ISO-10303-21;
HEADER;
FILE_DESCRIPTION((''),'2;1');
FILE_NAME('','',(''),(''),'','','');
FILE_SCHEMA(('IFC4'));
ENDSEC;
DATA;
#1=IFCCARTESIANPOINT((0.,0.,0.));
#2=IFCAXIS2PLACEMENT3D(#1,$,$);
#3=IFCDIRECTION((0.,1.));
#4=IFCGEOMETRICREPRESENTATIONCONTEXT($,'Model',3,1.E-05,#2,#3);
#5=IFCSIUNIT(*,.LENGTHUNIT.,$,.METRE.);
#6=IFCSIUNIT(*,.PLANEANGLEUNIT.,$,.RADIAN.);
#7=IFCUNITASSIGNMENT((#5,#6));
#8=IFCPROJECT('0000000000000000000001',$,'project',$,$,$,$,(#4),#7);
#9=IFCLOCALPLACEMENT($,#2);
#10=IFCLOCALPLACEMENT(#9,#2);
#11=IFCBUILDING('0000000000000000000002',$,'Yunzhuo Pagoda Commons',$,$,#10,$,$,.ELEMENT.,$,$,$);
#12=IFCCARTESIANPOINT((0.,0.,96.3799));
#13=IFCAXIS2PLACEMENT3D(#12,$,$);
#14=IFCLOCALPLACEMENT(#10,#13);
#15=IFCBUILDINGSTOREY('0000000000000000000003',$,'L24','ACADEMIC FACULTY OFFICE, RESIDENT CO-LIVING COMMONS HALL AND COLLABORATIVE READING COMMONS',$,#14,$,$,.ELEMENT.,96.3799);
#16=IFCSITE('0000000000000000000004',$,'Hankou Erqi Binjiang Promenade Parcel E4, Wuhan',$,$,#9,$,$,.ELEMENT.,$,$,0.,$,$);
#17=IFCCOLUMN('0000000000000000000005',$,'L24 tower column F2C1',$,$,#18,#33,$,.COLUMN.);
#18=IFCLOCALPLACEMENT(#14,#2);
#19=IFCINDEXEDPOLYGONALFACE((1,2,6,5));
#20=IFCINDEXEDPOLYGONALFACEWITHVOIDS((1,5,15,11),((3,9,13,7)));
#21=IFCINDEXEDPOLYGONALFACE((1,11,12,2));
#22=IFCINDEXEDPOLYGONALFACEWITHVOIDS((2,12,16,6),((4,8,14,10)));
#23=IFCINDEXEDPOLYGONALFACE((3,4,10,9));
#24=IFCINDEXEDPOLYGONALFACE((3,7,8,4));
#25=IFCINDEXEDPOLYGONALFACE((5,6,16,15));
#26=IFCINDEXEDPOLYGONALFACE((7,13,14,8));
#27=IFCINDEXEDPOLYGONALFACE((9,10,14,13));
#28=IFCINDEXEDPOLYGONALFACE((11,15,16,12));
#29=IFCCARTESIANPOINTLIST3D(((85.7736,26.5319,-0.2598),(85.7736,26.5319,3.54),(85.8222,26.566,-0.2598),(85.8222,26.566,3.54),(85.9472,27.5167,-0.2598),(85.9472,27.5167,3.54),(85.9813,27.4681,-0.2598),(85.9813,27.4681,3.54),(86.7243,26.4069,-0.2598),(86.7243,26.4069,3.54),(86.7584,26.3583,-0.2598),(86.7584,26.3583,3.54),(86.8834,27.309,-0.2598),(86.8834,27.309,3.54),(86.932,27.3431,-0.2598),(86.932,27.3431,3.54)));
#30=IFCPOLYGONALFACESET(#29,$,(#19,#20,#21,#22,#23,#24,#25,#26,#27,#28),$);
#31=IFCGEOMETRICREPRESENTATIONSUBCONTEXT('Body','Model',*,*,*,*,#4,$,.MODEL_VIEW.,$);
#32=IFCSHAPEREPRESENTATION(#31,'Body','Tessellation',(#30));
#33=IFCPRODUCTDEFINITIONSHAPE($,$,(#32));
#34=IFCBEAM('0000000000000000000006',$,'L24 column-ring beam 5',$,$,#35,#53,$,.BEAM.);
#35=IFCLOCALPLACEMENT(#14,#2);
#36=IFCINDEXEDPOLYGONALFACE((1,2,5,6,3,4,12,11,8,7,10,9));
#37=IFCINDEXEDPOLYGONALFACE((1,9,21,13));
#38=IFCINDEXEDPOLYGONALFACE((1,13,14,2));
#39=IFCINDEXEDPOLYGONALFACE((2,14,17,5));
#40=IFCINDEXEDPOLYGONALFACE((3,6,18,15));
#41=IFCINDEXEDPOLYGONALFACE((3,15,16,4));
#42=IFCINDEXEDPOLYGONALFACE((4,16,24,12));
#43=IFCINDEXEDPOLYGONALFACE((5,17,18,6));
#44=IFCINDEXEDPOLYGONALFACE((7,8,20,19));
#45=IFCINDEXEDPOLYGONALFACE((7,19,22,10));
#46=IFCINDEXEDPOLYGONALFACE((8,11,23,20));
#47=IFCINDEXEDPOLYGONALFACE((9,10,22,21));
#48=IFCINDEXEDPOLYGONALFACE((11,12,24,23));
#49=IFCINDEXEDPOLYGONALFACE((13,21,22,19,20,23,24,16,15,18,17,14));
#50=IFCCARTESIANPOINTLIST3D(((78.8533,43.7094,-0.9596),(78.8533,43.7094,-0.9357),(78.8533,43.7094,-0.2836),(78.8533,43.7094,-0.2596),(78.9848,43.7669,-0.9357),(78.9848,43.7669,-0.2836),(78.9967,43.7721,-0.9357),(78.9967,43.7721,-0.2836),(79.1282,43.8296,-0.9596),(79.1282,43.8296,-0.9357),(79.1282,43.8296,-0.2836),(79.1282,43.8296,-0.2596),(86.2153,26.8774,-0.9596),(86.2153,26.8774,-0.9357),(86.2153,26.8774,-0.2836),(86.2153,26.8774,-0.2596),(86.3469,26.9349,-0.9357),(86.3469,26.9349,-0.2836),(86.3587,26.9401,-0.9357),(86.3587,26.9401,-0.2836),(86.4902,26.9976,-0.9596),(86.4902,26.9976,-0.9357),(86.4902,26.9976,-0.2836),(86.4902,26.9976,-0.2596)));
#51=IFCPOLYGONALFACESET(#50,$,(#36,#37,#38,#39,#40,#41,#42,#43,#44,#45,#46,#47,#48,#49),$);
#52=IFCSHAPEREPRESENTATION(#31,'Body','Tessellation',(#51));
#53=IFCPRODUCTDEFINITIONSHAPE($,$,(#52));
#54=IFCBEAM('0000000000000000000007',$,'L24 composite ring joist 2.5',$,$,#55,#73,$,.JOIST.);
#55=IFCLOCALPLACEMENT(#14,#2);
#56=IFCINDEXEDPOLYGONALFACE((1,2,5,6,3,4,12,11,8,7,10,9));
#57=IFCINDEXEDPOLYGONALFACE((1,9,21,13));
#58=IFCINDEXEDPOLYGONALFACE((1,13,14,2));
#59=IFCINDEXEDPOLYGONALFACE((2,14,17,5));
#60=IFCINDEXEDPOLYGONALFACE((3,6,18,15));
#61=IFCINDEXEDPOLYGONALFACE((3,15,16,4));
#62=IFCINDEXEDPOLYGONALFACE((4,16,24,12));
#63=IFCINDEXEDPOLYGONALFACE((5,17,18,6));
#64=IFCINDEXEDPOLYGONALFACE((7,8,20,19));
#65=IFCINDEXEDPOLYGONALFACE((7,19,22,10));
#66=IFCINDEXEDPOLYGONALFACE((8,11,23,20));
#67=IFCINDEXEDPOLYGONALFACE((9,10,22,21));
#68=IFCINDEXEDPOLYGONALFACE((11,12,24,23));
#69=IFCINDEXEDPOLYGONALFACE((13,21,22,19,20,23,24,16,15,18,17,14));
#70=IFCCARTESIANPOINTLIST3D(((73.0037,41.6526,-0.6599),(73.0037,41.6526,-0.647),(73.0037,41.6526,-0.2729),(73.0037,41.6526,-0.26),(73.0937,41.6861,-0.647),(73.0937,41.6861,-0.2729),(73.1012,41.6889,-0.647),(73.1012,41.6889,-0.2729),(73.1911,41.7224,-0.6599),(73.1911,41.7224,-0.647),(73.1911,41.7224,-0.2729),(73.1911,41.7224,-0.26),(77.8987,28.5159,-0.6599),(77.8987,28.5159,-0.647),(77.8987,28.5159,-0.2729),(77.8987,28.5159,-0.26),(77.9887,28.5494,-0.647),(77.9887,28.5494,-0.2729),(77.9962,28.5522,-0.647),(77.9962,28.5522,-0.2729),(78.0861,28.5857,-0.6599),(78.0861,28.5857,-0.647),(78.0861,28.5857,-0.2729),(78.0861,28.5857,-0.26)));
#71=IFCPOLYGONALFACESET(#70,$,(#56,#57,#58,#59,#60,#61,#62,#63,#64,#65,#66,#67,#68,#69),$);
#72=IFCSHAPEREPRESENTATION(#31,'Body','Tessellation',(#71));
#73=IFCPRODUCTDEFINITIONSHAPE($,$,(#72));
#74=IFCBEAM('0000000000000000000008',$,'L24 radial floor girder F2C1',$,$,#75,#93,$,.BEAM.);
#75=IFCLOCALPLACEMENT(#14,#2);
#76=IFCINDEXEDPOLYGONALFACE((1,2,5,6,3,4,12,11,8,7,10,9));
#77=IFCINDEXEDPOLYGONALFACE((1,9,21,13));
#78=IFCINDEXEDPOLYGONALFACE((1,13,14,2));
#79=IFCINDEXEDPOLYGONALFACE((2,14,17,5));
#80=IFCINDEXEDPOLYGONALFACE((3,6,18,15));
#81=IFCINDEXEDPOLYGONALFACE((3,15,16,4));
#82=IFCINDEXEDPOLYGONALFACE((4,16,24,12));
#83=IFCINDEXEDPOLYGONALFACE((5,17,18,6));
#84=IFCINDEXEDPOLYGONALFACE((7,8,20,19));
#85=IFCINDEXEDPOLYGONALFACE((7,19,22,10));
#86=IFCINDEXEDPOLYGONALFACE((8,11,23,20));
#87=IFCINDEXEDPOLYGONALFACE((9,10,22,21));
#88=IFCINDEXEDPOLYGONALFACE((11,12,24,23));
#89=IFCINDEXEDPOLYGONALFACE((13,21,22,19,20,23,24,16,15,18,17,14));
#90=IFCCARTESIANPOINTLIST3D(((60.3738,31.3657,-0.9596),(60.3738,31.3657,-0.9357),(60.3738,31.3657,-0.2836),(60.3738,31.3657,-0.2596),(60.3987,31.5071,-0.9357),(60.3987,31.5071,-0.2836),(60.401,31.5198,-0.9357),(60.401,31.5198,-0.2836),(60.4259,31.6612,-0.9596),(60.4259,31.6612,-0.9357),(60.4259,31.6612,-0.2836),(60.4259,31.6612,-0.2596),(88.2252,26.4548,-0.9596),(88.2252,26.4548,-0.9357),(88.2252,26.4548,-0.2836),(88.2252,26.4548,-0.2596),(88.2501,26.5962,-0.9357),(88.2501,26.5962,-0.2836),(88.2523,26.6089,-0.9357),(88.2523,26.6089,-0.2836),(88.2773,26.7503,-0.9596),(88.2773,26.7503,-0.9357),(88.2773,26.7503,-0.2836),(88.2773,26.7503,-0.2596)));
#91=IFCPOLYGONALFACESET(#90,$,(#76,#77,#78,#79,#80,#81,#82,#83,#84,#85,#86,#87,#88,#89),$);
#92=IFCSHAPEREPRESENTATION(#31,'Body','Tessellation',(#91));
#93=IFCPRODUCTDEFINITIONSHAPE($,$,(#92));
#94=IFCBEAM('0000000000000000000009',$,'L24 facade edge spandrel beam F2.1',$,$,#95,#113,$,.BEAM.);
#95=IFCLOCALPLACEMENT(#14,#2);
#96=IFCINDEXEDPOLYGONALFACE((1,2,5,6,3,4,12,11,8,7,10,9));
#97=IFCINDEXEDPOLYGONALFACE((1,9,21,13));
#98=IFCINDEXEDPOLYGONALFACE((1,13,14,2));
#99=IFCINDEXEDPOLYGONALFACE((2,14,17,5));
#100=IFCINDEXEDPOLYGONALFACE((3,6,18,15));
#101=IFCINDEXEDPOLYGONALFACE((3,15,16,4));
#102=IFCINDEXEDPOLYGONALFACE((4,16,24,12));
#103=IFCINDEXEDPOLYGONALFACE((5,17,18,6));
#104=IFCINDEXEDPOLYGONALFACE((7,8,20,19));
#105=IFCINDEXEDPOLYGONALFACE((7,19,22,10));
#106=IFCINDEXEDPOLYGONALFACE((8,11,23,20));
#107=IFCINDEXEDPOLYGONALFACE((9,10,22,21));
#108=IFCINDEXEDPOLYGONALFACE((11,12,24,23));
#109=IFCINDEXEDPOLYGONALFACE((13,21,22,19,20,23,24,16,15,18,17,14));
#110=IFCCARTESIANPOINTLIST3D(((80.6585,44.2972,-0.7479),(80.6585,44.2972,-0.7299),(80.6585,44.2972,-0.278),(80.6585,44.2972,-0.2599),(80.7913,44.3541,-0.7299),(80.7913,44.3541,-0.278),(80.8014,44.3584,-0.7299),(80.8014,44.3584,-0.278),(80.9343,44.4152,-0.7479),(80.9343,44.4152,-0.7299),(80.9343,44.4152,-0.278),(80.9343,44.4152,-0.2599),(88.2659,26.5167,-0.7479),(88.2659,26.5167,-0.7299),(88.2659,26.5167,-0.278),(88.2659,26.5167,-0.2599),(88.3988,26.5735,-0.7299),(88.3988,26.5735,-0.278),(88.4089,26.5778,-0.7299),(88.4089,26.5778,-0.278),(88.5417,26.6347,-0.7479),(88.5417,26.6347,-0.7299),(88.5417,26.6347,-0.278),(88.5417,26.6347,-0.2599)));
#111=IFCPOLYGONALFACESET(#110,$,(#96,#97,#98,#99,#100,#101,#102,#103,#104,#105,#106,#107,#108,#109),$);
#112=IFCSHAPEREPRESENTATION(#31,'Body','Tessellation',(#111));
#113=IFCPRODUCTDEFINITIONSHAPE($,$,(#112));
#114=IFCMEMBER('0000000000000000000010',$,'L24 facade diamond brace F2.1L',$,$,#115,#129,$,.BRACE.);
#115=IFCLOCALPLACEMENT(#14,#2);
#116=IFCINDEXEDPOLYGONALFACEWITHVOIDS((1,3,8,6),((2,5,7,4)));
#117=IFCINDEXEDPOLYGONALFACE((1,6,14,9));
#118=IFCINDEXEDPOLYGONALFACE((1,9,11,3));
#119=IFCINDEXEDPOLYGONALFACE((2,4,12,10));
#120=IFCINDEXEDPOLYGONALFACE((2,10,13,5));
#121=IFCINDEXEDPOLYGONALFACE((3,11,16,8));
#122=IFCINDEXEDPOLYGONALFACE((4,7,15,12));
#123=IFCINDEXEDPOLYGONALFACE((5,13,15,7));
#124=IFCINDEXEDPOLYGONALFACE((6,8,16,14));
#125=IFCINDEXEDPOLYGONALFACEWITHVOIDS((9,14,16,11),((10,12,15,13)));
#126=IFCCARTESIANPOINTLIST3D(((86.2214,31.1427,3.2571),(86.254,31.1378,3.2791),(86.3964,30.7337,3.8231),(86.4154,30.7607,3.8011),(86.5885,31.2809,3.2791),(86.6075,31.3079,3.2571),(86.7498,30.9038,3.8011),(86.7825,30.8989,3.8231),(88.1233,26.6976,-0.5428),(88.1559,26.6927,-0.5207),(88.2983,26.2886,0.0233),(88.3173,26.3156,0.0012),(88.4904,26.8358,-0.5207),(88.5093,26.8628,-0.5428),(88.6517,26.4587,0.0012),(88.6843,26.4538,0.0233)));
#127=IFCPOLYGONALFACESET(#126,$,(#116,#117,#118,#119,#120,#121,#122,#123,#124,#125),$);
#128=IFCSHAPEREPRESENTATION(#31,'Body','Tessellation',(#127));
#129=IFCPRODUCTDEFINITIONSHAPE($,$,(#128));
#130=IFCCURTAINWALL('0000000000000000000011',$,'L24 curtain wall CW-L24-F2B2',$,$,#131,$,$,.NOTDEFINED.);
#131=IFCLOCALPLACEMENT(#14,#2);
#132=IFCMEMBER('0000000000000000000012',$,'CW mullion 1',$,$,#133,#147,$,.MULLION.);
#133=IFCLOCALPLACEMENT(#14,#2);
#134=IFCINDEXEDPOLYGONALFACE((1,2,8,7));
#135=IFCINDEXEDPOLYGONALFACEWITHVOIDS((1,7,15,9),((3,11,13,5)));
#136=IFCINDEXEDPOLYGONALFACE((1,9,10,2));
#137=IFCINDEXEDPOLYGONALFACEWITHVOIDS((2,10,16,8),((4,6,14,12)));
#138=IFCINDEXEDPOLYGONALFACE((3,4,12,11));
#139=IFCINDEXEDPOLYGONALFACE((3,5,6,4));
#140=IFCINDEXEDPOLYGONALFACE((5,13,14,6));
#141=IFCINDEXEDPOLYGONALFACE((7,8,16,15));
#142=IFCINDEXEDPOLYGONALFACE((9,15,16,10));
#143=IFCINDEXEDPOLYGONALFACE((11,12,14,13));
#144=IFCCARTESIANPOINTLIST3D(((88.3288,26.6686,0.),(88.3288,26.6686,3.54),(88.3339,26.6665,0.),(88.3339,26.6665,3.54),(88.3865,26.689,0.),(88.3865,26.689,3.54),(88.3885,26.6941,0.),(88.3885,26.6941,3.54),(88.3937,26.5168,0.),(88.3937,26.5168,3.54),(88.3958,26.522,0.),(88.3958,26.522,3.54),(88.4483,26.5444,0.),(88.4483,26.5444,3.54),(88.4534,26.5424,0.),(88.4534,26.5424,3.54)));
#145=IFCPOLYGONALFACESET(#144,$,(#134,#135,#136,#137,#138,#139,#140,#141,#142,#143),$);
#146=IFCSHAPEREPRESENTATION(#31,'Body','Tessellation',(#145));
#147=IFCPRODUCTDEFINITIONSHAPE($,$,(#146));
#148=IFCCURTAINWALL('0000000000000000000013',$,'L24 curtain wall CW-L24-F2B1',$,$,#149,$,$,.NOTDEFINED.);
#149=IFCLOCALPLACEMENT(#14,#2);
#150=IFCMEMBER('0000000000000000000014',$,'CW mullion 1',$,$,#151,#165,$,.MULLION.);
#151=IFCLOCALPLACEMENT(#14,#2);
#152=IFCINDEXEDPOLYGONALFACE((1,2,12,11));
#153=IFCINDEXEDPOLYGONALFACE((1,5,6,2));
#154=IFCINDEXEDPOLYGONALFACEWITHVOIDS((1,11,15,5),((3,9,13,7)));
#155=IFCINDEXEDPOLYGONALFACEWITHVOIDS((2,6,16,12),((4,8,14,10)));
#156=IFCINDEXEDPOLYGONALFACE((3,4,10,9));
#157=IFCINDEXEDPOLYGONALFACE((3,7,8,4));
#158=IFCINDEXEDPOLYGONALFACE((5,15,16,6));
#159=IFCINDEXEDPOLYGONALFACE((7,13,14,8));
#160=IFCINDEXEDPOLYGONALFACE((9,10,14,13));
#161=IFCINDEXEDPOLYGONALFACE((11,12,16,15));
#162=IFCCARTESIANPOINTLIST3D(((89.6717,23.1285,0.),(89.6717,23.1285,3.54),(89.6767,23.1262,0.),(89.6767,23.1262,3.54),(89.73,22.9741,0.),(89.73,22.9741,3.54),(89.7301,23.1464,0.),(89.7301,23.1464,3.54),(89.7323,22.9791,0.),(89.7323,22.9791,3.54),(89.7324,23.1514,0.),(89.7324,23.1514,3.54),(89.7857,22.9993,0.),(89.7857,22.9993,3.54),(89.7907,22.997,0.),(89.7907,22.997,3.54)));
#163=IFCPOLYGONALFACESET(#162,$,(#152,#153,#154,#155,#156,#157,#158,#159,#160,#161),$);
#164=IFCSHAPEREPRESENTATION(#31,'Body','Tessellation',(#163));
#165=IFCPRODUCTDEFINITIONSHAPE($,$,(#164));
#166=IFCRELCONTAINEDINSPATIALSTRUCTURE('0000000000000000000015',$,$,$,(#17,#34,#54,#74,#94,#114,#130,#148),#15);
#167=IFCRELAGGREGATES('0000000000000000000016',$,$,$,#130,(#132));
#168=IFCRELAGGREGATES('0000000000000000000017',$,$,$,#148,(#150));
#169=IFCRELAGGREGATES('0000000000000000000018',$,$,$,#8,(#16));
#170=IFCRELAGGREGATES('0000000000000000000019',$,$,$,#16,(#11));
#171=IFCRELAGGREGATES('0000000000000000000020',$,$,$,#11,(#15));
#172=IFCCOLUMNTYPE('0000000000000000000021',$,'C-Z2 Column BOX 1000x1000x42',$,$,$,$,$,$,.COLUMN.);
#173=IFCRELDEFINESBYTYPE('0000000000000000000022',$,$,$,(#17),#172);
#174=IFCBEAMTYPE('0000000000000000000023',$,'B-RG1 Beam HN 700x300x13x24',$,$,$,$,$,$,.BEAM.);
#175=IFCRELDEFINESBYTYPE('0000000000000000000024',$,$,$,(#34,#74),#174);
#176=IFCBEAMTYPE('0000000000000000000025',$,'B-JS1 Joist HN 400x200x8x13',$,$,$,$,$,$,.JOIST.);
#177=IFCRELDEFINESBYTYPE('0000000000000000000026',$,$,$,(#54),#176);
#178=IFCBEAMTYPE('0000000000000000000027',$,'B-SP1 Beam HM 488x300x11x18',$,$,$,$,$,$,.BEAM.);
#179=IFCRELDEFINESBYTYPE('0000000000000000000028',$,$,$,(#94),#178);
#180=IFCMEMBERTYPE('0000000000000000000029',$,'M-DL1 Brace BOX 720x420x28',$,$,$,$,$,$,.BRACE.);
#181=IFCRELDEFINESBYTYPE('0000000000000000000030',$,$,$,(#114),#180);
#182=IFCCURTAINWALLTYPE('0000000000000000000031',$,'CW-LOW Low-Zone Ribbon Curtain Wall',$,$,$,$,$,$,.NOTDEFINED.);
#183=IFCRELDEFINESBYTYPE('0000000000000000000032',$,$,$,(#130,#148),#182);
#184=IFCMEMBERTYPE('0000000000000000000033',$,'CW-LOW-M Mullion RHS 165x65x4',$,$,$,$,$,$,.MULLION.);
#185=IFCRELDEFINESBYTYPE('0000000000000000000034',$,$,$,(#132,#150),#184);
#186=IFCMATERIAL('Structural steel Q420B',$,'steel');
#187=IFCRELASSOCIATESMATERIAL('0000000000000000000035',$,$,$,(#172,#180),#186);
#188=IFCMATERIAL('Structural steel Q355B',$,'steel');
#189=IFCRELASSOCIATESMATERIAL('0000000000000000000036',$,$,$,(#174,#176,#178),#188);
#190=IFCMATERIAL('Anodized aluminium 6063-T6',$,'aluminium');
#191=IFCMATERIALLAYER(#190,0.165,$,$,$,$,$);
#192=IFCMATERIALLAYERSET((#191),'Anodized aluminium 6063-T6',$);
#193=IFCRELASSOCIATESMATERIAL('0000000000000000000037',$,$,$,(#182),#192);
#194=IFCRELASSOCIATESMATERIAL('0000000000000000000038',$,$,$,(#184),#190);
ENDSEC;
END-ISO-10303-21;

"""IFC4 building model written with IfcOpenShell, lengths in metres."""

from ifc_helpers import new_model, si_unit, direction, frame, origin, origin_2d, place, context, subcontext, project, spatial, hollow_rectangle, i_section, extrude, source, transform, mapped, material, layer, layer_set, material_profile, profile_set, type_object, element, aggregate, save


model = new_model("IFC4")

# Units and contexts
model_context = context("Model", 3, precision=1e-05, world=origin(), true_north=direction((0.0, 1.0)))
body_context = subcontext(model_context, "Body", "Model", "MODEL_VIEW")
ifc_project = project(units=[si_unit("LENGTHUNIT", "METRE"), si_unit("PLANEANGLEUNIT", "RADIAN")], contexts=[model_context])

# Site, building, storey
site_placement = place(None, origin())
site = spatial("IfcSite", under=ifc_project, at=site_placement, Name="Hankou Erqi Binjiang Promenade Parcel E4, Wuhan", CompositionType="ELEMENT", RefElevation=0.0)
building_placement = place(site_placement, origin())
building = spatial("IfcBuilding", under=site, at=building_placement, Name="Yunzhuo Pagoda Commons", CompositionType="ELEMENT")
storey_placement = place(building_placement, frame((0.0, 0.0, 96.3799)))
storey = spatial("IfcBuildingStorey", under=building, at=storey_placement, Name="L24", Description="ACADEMIC FACULTY OFFICE, RESIDENT CO-LIVING COMMONS HALL AND COLLABORATIVE READING COMMONS", CompositionType="ELEMENT", Elevation=96.3799)

# Column
ifc_material_1 = material(Name="Structural steel Q420B", Category="steel")
ifc_material_profile_1 = material_profile(ifc_material_1, hollow_rectangle(XDim=1.0, YDim=1.0, WallThickness=0.042, at=origin_2d()), Name="Structural steel Q420B")
ifc_profile_set_1 = profile_set([ifc_material_profile_1], Name="Structural steel Q420B")
column_type = type_object("IfcColumnType", Name="C-Z2 Column BOX 1000x1000x42", PredefinedType="COLUMN", material=ifc_profile_set_1)
shared_shape_1 = source(origin(), body_context, "Body", "SweptSolid", [
    extrude(hollow_rectangle(XDim=1.0, YDim=1.0, WallThickness=0.042, at=origin_2d()), origin(), (0.0, 0.0, 1.0), 3.7998),
])
column_placement = place(storey_placement, frame((86.3528, 26.9375, -0.2598), z_axis=(0.0, 0.0, 1.0), x_axis=(0.173648, 0.984808, 0.0)))
element("IfcColumn", 1, at=column_placement, inside=storey, type_object=column_type, Name="L24 tower column F2C1", PredefinedType="COLUMN", context=body_context, shape_type="MappedRepresentation", body=[
    mapped(shared_shape_1, transform((0.0, 0.0, 0.0), scale=1.0)),
])

# Beams
ifc_material_2 = material(Name="Structural steel Q355B", Category="steel")
ifc_material_profile_2 = material_profile(ifc_material_2, i_section(OverallWidth=0.3, OverallDepth=0.7, WebThickness=0.0129, FlangeThickness=0.0239, at=origin_2d()), Name="Structural steel Q355B")
ifc_profile_set_2 = profile_set([ifc_material_profile_2], Name="Structural steel Q355B")
beam_type_1 = type_object("IfcBeamType", Name="B-RG1 Beam HN 700x300x13x24", PredefinedType="BEAM", material=ifc_profile_set_2)
shared_shape_2 = source(origin(), body_context, "Body", "SweptSolid", [
    extrude(i_section(OverallWidth=0.3, OverallDepth=0.7, WebThickness=0.0129, FlangeThickness=0.0239, at=origin_2d()), origin(), (0.0, 0.0, 1.0), 18.3716),
])
beam_1_placement = place(storey_placement, frame((86.3528, 26.9375, -0.6096), z_axis=(-0.40073, 0.916196, 0.0), x_axis=(-0.916196, -0.40073, 0.0)))
element("IfcBeam", 2, at=beam_1_placement, inside=storey, type_object=beam_type_1, Name="L24 column-ring beam 5", PredefinedType="BEAM", context=body_context, shape_type="MappedRepresentation", body=[
    mapped(shared_shape_2, transform((0.0, 0.0, 0.0), scale=1.0)),
])
ifc_material_profile_3 = material_profile(ifc_material_2, i_section(OverallWidth=0.2, OverallDepth=0.3999, WebThickness=0.0081, FlangeThickness=0.0129, at=origin_2d()), Name="Structural steel Q355B")
ifc_profile_set_3 = profile_set([ifc_material_profile_3], Name="Structural steel Q355B")
beam_type_2 = type_object("IfcBeamType", Name="B-JS1 Joist HN 400x200x8x13", PredefinedType="JOIST", material=ifc_profile_set_3)
shared_shape_3 = source(origin(), body_context, "Body", "SweptSolid", [
    extrude(i_section(OverallWidth=0.2, OverallDepth=0.3999, WebThickness=0.0081, FlangeThickness=0.0129, at=origin_2d()), origin(), (0.0, 0.0, 1.0), 14.019),
])
beam_2_placement = place(storey_placement, frame((77.9924, 28.5508, -0.46), z_axis=(-0.349168, 0.93706, 0.0), x_axis=(-0.93706, -0.349168, 0.0)))
element("IfcBeam", 3, at=beam_2_placement, inside=storey, type_object=beam_type_2, Name="L24 composite ring joist 2.5", PredefinedType="JOIST", context=body_context, shape_type="MappedRepresentation", body=[
    mapped(shared_shape_3, transform((0.0, 0.0, 0.0), scale=1.0)),
])
shared_shape_4 = source(origin(), body_context, "Body", "SweptSolid", [
    extrude(i_section(OverallWidth=0.3, OverallDepth=0.7, WebThickness=0.0129, FlangeThickness=0.0239, at=origin_2d()), origin(), (0.0, 0.0, 1.0), 28.281),
])
beam_3_placement = place(storey_placement, frame((88.2512, 26.6025, -0.6096), z_axis=(-0.984808, 0.173646, 0.0), x_axis=(-0.173646, -0.984808, 0.0)))
element("IfcBeam", 4, at=beam_3_placement, inside=storey, type_object=beam_type_1, Name="L24 radial floor girder F2C1", PredefinedType="BEAM", context=body_context, shape_type="MappedRepresentation", body=[
    mapped(shared_shape_4, transform((0.0, 0.0, 0.0), scale=1.0)),
])
ifc_material_profile_4 = material_profile(ifc_material_2, i_section(OverallWidth=0.3, OverallDepth=0.488, WebThickness=0.011, FlangeThickness=0.0181, at=origin_2d()), Name="Structural steel Q355B")
ifc_profile_set_4 = profile_set([ifc_material_profile_4], Name="Structural steel Q355B")
beam_type_3 = type_object("IfcBeamType", Name="B-SP1 Beam HM 488x300x11x18", PredefinedType="BEAM", material=ifc_profile_set_4)
shared_shape_5 = source(origin(), body_context, "Body", "SweptSolid", [
    extrude(i_section(OverallWidth=0.3, OverallDepth=0.488, WebThickness=0.011, FlangeThickness=0.0181, at=origin_2d()), origin(), (0.0, 0.0, 1.0), 19.3396),
])
beam_4_placement = place(storey_placement, frame((88.4038, 26.5757, -0.5039), z_axis=(-0.39336, 0.919384, 0.0), x_axis=(-0.919384, -0.39336, 0.0)))
element("IfcBeam", 5, at=beam_4_placement, inside=storey, type_object=beam_type_3, Name="L24 facade edge spandrel beam F2.1", PredefinedType="BEAM", context=body_context, shape_type="MappedRepresentation", body=[
    mapped(shared_shape_5, transform((0.0, 0.0, 0.0), scale=1.0)),
])

# Member
ifc_material_profile_5 = material_profile(ifc_material_1, hollow_rectangle(XDim=0.4199, YDim=0.72, WallThickness=0.0281, at=origin_2d()), Name="Structural steel Q420B")
ifc_profile_set_5 = profile_set([ifc_material_profile_5], Name="Structural steel Q420B")
member_type_1 = type_object("IfcMemberType", Name="M-DL1 Brace BOX 720x420x28", PredefinedType="BRACE", material=ifc_profile_set_5)
shared_shape_6 = source(origin(), body_context, "Body", "SweptSolid", [
    extrude(hollow_rectangle(XDim=0.4199, YDim=0.72, WallThickness=0.0281, at=origin_2d()), origin(), (0.0, 0.0, 1.0), 6.1494),
])
member_1_placement = place(storey_placement, frame((88.4038, 26.5757, -0.2598), z_axis=(-0.309279, 0.722855, 0.617922), x_axis=(-0.919383, -0.393365, 0.0)))
element("IfcMember", 6, at=member_1_placement, inside=storey, type_object=member_type_1, Name="L24 facade diamond brace F2.1L", PredefinedType="BRACE", context=body_context, shape_type="MappedRepresentation", body=[
    mapped(shared_shape_6, transform((0.0, 0.0, 0.0), scale=1.0)),
])

# Curtain wall, member
ifc_material_3 = material(Name="Anodized aluminium 6063-T6", Category="aluminium")
ifc_layer_1 = layer(ifc_material_3, 0.165)
ifc_layer_set_1 = layer_set([ifc_layer_1], Name="Anodized aluminium 6063-T6")
curtain_wall_type_1 = type_object("IfcCurtainWallType", Name="CW-LOW Low-Zone Ribbon Curtain Wall", PredefinedType="NOTDEFINED", material=ifc_layer_set_1)
curtain_wall_1_placement = place(storey_placement, origin())
curtain_wall_1 = element("IfcCurtainWall", 7, at=curtain_wall_1_placement, inside=storey, type_object=curtain_wall_type_1, Name="L24 curtain wall CW-L24-F2B2", PredefinedType="NOTDEFINED")
ifc_material_profile_6 = material_profile(ifc_material_3, hollow_rectangle(XDim=0.0649, YDim=0.165, WallThickness=0.0039, at=origin_2d()), Name="Anodized aluminium 6063-T6")
ifc_profile_set_6 = profile_set([ifc_material_profile_6], Name="Anodized aluminium 6063-T6")
member_type_2 = type_object("IfcMemberType", Name="CW-LOW-M Mullion RHS 165x65x4", PredefinedType="MULLION", material=ifc_profile_set_6)
shared_shape_7 = source(origin(), body_context, "Body", "SweptSolid", [
    extrude(hollow_rectangle(XDim=0.0649, YDim=0.165, WallThickness=0.0039, at=origin_2d()), origin(), (0.0, 0.0, 1.0), 3.54),
])
member_2_placement = place(storey_placement, frame((88.3911, 26.6055, 0.0), z_axis=(0.0, 0.0, 1.0), x_axis=(-0.919383, -0.393364, 0.0)))
member_2 = element("IfcMember", 8, at=member_2_placement, type_object=member_type_2, Name="CW mullion 1", PredefinedType="MULLION", context=body_context, shape_type="MappedRepresentation", body=[
    mapped(shared_shape_7, transform((0.0, 0.0, 0.0), scale=1.0)),
])

# Curtain wall, member
curtain_wall_2_placement = place(storey_placement, origin())
curtain_wall_2 = element("IfcCurtainWall", 9, at=curtain_wall_2_placement, inside=storey, type_object=curtain_wall_type_1, Name="L24 curtain wall CW-L24-F2B1", PredefinedType="NOTDEFINED")
member_3_placement = place(storey_placement, frame((89.7312, 23.0627, 0.0), z_axis=(0.0, 0.0, 1.0), x_axis=(-0.935454, -0.353448, 0.0)))
member_3 = element("IfcMember", 10, at=member_3_placement, type_object=member_type_2, Name="CW mullion 1", PredefinedType="MULLION", context=body_context, shape_type="MappedRepresentation", body=[
    mapped(shared_shape_7, transform((0.0, 0.0, 0.0), scale=1.0)),
])

aggregate(curtain_wall_1, [member_2])
aggregate(curtain_wall_2, [member_3])

save(model, "model.ifc")
